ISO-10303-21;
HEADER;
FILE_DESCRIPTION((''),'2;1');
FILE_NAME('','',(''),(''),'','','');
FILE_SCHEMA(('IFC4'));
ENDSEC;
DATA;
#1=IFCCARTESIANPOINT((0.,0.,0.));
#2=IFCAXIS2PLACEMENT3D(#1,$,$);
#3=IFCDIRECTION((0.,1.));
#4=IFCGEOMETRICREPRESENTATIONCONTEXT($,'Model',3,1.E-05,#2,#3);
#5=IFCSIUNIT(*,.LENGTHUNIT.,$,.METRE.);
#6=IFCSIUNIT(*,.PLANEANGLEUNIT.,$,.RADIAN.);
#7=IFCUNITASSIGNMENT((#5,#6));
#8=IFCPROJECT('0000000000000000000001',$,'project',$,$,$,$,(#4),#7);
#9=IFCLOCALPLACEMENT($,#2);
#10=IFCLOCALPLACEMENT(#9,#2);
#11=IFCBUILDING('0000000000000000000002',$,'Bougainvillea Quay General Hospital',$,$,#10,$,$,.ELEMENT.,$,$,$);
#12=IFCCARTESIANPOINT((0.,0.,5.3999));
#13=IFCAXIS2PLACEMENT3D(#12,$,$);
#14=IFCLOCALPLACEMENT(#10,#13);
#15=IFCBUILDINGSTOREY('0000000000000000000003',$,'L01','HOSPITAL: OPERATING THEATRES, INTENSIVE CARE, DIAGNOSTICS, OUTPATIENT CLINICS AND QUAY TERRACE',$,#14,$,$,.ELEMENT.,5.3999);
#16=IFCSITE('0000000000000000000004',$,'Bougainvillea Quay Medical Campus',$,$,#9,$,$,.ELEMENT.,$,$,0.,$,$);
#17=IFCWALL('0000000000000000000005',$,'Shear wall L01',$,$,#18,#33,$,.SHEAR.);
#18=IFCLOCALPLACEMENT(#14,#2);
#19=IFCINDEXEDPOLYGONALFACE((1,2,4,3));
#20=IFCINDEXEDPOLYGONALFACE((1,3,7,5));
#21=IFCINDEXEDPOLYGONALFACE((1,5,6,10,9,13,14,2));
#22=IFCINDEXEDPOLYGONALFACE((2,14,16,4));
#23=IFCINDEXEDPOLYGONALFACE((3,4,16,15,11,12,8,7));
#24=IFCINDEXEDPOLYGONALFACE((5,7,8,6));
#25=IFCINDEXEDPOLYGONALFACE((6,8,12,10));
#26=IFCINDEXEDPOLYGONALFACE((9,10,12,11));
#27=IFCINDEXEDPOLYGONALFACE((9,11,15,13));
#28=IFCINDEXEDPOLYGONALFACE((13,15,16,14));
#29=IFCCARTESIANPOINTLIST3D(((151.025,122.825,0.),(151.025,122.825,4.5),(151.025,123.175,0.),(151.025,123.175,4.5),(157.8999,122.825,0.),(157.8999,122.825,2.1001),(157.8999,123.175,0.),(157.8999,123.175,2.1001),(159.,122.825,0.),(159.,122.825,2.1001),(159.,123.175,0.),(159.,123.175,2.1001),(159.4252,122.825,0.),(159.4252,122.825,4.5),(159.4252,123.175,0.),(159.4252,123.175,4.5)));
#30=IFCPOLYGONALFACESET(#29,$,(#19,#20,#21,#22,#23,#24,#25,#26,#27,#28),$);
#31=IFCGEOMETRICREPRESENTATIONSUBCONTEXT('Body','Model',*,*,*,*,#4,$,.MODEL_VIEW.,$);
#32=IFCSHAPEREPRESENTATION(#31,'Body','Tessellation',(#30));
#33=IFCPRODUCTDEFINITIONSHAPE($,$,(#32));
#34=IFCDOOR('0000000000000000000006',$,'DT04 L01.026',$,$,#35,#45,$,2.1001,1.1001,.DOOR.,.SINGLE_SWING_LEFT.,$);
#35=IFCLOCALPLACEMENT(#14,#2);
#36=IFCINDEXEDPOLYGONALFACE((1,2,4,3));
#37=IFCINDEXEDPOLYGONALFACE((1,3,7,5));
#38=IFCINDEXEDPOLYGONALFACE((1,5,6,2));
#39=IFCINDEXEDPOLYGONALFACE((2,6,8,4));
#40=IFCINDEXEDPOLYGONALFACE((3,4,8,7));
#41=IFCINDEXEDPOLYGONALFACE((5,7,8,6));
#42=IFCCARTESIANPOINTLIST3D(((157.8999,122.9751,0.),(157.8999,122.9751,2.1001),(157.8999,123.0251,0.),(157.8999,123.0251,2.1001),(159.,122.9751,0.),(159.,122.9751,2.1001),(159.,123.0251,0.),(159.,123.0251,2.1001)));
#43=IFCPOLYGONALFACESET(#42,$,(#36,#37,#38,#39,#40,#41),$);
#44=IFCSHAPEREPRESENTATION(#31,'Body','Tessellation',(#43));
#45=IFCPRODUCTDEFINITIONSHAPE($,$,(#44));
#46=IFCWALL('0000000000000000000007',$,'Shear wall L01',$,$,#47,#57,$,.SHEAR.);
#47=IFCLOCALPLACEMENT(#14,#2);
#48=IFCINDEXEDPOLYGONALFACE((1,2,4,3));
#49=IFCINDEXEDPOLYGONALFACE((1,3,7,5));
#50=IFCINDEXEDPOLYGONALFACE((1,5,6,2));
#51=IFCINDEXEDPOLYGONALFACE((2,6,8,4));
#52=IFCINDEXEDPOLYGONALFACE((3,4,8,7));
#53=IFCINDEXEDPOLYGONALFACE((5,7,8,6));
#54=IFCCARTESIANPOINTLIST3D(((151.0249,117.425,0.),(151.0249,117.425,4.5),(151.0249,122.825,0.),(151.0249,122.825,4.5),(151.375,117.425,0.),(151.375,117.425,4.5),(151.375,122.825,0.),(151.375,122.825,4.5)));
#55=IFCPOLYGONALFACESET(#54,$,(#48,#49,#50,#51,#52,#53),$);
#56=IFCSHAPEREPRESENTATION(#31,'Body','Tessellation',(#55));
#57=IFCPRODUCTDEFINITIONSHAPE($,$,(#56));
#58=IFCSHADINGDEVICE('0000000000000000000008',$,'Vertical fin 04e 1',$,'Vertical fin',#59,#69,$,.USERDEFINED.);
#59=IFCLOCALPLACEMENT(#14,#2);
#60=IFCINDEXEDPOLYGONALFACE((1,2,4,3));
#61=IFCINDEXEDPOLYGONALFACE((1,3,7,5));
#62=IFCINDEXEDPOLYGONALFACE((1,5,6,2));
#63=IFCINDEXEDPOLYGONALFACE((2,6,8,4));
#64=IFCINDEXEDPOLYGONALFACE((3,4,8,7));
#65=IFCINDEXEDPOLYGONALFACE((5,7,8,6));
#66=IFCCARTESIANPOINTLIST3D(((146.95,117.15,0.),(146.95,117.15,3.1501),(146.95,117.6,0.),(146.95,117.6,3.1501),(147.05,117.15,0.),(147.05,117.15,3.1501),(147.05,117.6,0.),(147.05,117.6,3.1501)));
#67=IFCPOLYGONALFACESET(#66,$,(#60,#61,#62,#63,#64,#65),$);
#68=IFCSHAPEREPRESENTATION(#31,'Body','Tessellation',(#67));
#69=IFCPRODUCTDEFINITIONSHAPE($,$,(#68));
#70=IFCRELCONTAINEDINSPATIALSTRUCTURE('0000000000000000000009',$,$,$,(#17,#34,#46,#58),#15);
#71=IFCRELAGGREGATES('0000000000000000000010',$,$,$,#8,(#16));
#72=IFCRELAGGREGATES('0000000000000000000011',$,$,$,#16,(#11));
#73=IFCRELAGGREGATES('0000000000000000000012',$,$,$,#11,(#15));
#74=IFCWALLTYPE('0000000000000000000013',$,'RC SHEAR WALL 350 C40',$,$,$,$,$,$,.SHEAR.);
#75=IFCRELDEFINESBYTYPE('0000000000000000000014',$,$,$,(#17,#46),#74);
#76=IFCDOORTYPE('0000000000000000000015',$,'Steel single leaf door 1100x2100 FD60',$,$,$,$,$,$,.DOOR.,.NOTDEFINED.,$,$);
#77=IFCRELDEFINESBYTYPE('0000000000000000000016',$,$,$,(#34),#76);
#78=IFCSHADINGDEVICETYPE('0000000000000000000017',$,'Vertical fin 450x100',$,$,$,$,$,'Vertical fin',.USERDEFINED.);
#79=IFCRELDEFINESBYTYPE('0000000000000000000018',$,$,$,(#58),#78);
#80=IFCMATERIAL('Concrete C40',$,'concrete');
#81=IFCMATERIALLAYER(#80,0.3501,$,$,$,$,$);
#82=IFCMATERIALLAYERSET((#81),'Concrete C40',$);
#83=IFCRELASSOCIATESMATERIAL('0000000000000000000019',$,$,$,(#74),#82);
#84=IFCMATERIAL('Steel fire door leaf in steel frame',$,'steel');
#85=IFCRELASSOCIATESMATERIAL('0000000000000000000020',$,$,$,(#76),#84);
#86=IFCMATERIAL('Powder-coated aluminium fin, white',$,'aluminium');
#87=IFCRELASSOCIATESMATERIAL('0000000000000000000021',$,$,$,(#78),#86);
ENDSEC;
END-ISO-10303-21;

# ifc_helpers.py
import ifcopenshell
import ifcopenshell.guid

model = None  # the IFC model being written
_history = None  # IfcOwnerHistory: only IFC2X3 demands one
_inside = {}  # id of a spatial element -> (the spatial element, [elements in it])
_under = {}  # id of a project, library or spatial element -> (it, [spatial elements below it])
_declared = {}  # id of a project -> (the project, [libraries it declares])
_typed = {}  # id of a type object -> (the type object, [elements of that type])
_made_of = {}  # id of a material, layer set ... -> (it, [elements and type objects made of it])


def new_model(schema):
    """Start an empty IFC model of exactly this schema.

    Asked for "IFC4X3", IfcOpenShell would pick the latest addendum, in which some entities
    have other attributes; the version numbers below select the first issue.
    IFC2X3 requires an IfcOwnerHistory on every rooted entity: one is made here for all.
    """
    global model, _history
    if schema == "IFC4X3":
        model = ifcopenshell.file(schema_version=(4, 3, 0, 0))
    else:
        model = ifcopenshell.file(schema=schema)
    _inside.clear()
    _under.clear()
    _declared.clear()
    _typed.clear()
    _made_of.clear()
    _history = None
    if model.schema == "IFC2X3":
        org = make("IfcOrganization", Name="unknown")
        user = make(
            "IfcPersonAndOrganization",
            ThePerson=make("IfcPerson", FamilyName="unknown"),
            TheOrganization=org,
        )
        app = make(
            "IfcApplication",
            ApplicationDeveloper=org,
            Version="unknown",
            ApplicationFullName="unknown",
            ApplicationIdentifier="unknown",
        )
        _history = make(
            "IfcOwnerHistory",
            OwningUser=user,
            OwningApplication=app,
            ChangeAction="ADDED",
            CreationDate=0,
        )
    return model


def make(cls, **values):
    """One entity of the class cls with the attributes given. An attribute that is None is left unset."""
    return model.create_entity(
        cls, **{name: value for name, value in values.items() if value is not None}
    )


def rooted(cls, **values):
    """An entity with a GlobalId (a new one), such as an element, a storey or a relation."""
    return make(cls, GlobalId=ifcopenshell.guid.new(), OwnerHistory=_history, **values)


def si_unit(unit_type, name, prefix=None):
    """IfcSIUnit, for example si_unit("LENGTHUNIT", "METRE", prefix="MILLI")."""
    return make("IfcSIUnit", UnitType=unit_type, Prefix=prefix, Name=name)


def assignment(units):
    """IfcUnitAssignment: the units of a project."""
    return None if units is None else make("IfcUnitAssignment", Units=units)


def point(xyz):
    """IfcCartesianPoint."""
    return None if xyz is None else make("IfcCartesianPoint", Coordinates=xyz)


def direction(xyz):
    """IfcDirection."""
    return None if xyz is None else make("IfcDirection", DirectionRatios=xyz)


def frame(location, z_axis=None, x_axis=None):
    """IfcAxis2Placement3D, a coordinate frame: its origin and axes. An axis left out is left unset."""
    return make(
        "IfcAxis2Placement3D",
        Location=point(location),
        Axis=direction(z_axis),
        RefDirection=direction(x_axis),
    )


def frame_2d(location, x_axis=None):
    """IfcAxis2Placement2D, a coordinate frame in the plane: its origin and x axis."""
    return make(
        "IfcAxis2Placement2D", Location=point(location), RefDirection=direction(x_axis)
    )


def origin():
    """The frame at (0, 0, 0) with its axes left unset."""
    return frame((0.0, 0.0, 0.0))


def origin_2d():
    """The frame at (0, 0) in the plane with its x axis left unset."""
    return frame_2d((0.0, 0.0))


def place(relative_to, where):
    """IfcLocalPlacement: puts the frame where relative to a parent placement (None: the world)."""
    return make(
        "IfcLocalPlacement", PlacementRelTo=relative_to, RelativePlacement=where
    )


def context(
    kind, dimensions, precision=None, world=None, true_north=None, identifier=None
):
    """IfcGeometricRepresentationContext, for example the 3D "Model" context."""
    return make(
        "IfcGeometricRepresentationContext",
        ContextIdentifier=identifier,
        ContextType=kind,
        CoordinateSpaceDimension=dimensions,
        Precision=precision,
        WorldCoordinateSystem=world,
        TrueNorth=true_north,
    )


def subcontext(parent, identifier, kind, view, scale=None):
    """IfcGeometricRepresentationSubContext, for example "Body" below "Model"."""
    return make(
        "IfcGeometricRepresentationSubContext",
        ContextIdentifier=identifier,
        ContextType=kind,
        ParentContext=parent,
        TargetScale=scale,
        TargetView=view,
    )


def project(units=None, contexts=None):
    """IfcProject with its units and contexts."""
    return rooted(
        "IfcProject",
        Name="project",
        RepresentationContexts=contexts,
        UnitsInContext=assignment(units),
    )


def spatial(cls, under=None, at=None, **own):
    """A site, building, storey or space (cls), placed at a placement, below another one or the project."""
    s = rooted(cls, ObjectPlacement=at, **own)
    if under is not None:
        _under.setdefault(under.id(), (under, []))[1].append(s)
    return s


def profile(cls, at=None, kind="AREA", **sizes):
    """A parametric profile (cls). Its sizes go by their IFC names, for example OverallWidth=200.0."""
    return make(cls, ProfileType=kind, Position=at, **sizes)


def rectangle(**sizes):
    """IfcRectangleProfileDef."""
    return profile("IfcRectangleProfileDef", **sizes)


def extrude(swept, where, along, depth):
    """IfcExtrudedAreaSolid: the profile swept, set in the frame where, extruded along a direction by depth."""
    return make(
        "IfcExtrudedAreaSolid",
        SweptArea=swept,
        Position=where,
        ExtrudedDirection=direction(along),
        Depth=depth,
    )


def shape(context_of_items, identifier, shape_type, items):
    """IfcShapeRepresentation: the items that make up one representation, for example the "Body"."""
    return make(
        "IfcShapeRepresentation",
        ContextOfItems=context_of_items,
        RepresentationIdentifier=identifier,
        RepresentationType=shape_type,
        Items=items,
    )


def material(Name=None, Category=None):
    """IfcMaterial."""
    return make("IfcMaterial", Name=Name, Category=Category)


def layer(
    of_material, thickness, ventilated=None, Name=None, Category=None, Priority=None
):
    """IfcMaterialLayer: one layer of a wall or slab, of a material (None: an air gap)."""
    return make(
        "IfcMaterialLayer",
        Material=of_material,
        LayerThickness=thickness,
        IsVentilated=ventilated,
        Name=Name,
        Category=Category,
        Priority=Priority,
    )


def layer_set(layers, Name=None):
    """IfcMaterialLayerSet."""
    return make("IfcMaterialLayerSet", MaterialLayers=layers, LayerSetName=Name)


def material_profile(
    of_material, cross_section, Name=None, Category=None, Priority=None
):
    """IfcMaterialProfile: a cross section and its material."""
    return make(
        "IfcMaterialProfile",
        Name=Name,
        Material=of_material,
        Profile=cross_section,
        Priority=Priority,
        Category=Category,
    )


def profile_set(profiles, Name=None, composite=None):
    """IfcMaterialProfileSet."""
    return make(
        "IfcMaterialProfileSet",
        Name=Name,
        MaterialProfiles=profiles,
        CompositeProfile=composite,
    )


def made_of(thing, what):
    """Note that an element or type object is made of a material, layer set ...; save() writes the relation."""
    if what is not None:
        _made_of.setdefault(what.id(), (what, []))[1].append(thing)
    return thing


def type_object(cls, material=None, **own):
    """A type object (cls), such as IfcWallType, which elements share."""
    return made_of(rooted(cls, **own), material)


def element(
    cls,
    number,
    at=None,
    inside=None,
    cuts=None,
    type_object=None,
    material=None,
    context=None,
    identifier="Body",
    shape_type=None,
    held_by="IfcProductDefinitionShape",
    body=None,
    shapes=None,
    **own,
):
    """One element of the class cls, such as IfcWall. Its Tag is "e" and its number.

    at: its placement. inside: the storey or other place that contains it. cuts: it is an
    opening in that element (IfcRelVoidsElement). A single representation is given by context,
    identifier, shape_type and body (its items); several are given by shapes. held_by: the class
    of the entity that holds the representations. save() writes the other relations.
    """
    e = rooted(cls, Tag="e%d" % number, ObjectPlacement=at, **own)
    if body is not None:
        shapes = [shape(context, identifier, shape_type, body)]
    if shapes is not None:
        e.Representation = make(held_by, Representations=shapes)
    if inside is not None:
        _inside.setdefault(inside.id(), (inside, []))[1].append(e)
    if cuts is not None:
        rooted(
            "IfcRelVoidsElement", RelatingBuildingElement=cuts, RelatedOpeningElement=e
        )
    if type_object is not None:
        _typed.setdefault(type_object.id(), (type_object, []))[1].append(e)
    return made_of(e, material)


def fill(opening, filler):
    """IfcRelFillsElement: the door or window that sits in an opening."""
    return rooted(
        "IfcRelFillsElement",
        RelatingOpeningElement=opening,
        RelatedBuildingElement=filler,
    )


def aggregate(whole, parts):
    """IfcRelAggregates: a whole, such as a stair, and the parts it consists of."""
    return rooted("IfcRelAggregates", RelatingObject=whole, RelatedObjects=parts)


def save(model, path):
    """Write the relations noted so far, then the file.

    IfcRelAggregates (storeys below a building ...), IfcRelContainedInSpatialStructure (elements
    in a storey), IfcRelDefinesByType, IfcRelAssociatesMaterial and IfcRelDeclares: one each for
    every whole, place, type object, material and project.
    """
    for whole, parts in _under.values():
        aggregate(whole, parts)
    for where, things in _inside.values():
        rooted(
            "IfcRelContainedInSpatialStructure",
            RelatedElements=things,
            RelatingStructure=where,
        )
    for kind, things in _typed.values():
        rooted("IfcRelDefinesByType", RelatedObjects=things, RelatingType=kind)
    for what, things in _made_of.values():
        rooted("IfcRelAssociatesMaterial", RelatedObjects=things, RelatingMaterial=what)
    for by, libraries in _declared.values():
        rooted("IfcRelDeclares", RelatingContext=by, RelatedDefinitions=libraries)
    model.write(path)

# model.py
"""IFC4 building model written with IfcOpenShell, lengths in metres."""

from ifc_helpers import new_model, si_unit, direction, frame, frame_2d, origin, origin_2d, place, context, subcontext, project, spatial, rectangle, extrude, material, layer, layer_set, material_profile, profile_set, type_object, element, fill, save


model = new_model("IFC4")

# Units and contexts
model_context = context("Model", 3, precision=1e-05, world=origin(), true_north=direction((0.0, 1.0)))
body_context = subcontext(model_context, "Body", "Model", "MODEL_VIEW")
ifc_project = project(units=[si_unit("LENGTHUNIT", "METRE"), si_unit("PLANEANGLEUNIT", "RADIAN")], contexts=[model_context])

# Site, building, storey
site_placement = place(None, origin())
site = spatial("IfcSite", under=ifc_project, at=site_placement, Name="Bougainvillea Quay Medical Campus", CompositionType="ELEMENT", RefElevation=0.0)
building_placement = place(site_placement, origin())
building = spatial("IfcBuilding", under=site, at=building_placement, Name="Bougainvillea Quay General Hospital", CompositionType="ELEMENT")
storey_placement = place(building_placement, frame((0.0, 0.0, 5.3999)))
storey = spatial("IfcBuildingStorey", under=building, at=storey_placement, Name="L01", Description="HOSPITAL: OPERATING THEATRES, INTENSIVE CARE, DIAGNOSTICS, OUTPATIENT CLINICS AND QUAY TERRACE", CompositionType="ELEMENT", Elevation=5.3999)

# Shared definitions
ifc_material_1 = material(Name="Concrete C40", Category="concrete")

# Wall, opening, door
ifc_layer_1 = layer(ifc_material_1, 0.3501)
ifc_layer_set_1 = layer_set([ifc_layer_1], Name="Concrete C40")
wall_type_1 = type_object("IfcWallType", Name="RC SHEAR WALL 350 C40", PredefinedType="SHEAR", material=ifc_layer_set_1)
wall_1_placement = place(storey_placement, frame((151.0249, 123.0, 0.0), z_axis=(0.0, 0.0, 1.0), x_axis=(1.0, 0.0, 0.0)))
wall_1 = element("IfcWall", 1, at=wall_1_placement, inside=storey, type_object=wall_type_1, Name="Shear wall L01", PredefinedType="SHEAR", context=body_context, shape_type="SweptSolid", body=[
    extrude(rectangle(XDim=8.4001, YDim=0.3501, at=frame_2d((4.2002, 0.0))), origin(), (0.0, 0.0, 1.0), 4.5),
])
opening_1_placement = place(wall_1_placement, frame((6.875, 0.0, 0.0)))
opening_1 = element("IfcOpeningElement", 2, at=opening_1_placement, cuts=wall_1, PredefinedType="OPENING", context=body_context, shape_type="SweptSolid", body=[
    extrude(rectangle(XDim=1.1001, YDim=2.1001, at=frame_2d((0.55, 1.05))), frame((0.0, 0.1851, 0.0), z_axis=(0.0, -1.0, 0.0), x_axis=(1.0, 0.0, 0.0)), (0.0, 0.0, 1.0), 0.3701),
])
ifc_material_2 = material(Name="Steel fire door leaf in steel frame", Category="steel")
door_type_1 = type_object("IfcDoorType", Name="Steel single leaf door 1100x2100 FD60", OperationType="NOTDEFINED", PredefinedType="DOOR", material=ifc_material_2)
door_1_placement = place(opening_1_placement, frame((1.1001, 0.0, 0.0), z_axis=(0.0, 0.0, 1.0), x_axis=(-1.0, 0.0, 0.0)))
door_1 = element("IfcDoor", 3, at=door_1_placement, inside=storey, type_object=door_type_1, Name="DT04 L01.026", OperationType="SINGLE_SWING_LEFT", OverallHeight=2.1001, OverallWidth=1.1001, PredefinedType="DOOR", context=body_context, shape_type="SweptSolid", body=[
    extrude(rectangle(XDim=1.1001, YDim=2.1001, at=frame_2d((0.55, 1.05))), frame((0.0, 0.0249, 0.0), z_axis=(0.0, -1.0, 0.0), x_axis=(1.0, 0.0, 0.0)), (0.0, 0.0, 1.0), 0.05),
])
fill(opening_1, door_1)

# Wall
wall_2_placement = place(storey_placement, frame((151.2, 117.425, 0.0), z_axis=(0.0, 0.0, 1.0), x_axis=(0.0, 1.0, 0.0)))
element("IfcWall", 4, at=wall_2_placement, inside=storey, type_object=wall_type_1, Name="Shear wall L01", PredefinedType="SHEAR", context=body_context, shape_type="SweptSolid", body=[
    extrude(rectangle(XDim=5.3999, YDim=0.3501, at=frame_2d((2.7, 0.0))), origin(), (0.0, 0.0, 1.0), 4.5),
])

# Shading device
ifc_material_3 = material(Name="Powder-coated aluminium fin, white", Category="aluminium")
ifc_material_profile_1 = material_profile(ifc_material_3, rectangle(XDim=0.45, YDim=0.1001, at=origin_2d()))
ifc_profile_set_1 = profile_set([ifc_material_profile_1], Name="Powder-coated aluminium fin, white")
shading_device_type = type_object("IfcShadingDeviceType", Name="Vertical fin 450x100", ElementType="Vertical fin", PredefinedType="USERDEFINED", material=ifc_profile_set_1)
shading_device_placement = place(storey_placement, frame((147.0, 117.375, 0.0), z_axis=(0.0, 0.0, 1.0), x_axis=(0.0, -1.0, 0.0)))
element("IfcShadingDevice", 5, at=shading_device_placement, inside=storey, type_object=shading_device_type, Name="Vertical fin 04e 1", ObjectType="Vertical fin", PredefinedType="USERDEFINED", context=body_context, shape_type="SweptSolid", body=[
    extrude(rectangle(XDim=0.45, YDim=0.1001, at=origin_2d()), origin(), (0.0, 0.0, 1.0), 3.1501),
])

save(model, "model.ifc")
